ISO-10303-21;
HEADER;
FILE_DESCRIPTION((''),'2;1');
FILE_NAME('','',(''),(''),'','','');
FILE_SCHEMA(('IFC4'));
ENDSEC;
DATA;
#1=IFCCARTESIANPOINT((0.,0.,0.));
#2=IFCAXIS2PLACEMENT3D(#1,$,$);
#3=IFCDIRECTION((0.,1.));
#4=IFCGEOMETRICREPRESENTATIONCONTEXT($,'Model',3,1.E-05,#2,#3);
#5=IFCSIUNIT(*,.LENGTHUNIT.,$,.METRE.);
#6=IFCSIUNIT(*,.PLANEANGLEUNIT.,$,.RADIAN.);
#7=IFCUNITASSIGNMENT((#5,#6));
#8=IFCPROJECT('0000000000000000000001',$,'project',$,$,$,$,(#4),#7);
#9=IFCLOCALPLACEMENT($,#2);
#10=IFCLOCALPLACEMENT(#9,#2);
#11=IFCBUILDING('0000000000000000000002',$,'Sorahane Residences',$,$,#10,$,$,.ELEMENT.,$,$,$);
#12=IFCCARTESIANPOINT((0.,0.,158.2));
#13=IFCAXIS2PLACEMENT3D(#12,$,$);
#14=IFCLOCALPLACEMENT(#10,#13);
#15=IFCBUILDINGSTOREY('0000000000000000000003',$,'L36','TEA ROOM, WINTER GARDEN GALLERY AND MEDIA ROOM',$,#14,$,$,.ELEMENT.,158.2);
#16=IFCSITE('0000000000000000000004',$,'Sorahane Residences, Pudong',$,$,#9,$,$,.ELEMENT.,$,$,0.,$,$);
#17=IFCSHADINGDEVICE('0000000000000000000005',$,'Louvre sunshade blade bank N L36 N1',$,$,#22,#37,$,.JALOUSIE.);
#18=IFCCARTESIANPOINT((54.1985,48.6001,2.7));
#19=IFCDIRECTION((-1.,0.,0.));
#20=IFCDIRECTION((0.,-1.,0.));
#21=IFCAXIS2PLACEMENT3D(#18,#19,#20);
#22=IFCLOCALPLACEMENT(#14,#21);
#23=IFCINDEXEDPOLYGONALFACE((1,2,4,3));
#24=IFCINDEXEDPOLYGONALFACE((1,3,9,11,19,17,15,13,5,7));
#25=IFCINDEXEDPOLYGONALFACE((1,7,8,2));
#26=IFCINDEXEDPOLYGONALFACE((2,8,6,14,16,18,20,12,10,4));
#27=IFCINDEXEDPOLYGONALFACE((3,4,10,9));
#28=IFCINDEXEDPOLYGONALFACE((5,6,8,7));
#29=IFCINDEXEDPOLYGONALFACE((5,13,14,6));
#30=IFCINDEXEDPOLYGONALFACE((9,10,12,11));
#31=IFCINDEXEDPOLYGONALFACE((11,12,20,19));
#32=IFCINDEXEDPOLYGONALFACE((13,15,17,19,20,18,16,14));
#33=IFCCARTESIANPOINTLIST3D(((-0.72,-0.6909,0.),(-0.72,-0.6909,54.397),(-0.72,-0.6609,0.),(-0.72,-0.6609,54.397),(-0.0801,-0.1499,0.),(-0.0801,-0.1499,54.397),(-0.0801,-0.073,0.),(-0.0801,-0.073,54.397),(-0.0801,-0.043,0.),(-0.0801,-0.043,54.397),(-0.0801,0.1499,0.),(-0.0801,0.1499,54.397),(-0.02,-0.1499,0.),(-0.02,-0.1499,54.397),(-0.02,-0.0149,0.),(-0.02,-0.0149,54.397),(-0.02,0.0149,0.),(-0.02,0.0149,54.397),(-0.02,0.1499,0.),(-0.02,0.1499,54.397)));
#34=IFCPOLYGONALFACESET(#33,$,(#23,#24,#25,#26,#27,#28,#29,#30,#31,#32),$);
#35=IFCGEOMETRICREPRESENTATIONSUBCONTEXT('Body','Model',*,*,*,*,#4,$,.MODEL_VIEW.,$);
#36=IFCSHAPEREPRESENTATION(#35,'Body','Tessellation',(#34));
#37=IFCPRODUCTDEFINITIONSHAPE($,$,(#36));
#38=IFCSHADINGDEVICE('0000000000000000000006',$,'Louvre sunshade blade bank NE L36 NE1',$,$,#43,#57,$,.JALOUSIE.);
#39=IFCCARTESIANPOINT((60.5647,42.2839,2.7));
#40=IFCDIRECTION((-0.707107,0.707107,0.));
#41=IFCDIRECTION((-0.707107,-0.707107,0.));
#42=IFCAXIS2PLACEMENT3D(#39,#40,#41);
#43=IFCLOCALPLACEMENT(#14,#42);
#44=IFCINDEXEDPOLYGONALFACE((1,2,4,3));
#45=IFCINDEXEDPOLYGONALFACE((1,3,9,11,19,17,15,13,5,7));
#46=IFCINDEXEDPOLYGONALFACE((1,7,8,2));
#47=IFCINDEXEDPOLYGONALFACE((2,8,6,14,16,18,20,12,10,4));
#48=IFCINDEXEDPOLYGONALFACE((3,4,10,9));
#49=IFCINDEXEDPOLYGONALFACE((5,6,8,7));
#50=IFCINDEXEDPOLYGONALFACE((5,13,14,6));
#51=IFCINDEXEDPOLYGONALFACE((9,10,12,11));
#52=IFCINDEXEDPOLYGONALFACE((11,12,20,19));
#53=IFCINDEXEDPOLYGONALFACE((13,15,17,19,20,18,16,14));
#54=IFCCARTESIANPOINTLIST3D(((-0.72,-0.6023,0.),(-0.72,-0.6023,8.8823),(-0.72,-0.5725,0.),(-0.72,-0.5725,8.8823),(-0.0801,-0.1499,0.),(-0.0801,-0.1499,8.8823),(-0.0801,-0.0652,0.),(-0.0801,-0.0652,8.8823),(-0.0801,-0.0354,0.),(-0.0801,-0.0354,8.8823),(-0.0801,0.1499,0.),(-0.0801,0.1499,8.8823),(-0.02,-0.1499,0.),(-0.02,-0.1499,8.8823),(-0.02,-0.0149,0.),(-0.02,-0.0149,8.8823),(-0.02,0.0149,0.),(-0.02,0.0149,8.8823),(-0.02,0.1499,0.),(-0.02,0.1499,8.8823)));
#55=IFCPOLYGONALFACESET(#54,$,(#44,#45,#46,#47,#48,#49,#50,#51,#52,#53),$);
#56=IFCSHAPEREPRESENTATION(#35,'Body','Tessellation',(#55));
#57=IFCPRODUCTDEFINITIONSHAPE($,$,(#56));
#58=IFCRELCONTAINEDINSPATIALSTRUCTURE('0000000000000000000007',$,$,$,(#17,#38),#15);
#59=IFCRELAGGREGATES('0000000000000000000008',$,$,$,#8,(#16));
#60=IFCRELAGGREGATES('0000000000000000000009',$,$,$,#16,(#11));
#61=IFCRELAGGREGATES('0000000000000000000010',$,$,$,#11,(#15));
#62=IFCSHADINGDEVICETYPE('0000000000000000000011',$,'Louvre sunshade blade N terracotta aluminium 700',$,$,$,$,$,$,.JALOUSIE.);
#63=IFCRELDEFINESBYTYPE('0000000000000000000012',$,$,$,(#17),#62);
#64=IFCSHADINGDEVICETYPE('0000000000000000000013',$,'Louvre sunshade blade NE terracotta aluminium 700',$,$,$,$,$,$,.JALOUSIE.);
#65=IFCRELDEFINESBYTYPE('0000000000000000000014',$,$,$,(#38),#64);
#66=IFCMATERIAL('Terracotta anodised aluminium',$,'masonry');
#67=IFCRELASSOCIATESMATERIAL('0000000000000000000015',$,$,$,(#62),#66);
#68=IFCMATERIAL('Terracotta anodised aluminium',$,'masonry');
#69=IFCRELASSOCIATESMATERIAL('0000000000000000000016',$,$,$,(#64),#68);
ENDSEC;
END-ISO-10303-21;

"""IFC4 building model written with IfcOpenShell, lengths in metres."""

from ifc_helpers import new_model, si_unit, direction, frame, origin, place, context, subcontext, project, spatial, polyline, outline, extrude, material, type_object, element, save


model = new_model("IFC4")

# Units and contexts
model_context = context("Model", 3, precision=1e-05, world=origin(), true_north=direction((0.0, 1.0)))
body_context = subcontext(model_context, "Body", "Model", "MODEL_VIEW")
ifc_project = project(units=[si_unit("LENGTHUNIT", "METRE"), si_unit("PLANEANGLEUNIT", "RADIAN")], contexts=[model_context])

# Site, building, storey
site_placement = place(None, origin())
site = spatial("IfcSite", under=ifc_project, at=site_placement, Name="Sorahane Residences, Pudong", CompositionType="ELEMENT", RefElevation=0.0)
building_placement = place(site_placement, origin())
building = spatial("IfcBuilding", under=site, at=building_placement, Name="Sorahane Residences", CompositionType="ELEMENT")
storey_placement = place(building_placement, frame((0.0, 0.0, 158.2)))
storey = spatial("IfcBuildingStorey", under=building, at=storey_placement, Name="L36", Description="TEA ROOM, WINTER GARDEN GALLERY AND MEDIA ROOM", CompositionType="ELEMENT", Elevation=158.2)

# Shading devices
ifc_material_1 = material(Name="Terracotta anodised aluminium", Category="masonry")
shading_device_type_1 = type_object("IfcShadingDeviceType", Name="Louvre sunshade blade N terracotta aluminium 700", PredefinedType="JALOUSIE", material=ifc_material_1)
shading_device_1_placement = place(storey_placement, frame((54.1985, 48.6001, 2.7), z_axis=(-1.0, 0.0, 0.0), x_axis=(0.0, -1.0, 0.0)))
element("IfcShadingDevice", 1, at=shading_device_1_placement, inside=storey, type_object=shading_device_type_1, Name="Louvre sunshade blade bank N L36 N1", PredefinedType="JALOUSIE", context=body_context, shape_type="SweptSolid", body=[
    extrude(outline(polyline([(-0.72, -0.6609), (-0.72, -0.6909), (-0.0801, -0.073), (-0.0801, -0.1499), (-0.02, -0.1499), (-0.02, -0.0149), (-0.02, 0.0149), (-0.02, 0.1499), (-0.0801, 0.1499), (-0.0801, -0.043), (-0.72, -0.6609)])), origin(), (0.0, 0.0, 1.0), 54.397),
])
ifc_material_2 = material(Name="Terracotta anodised aluminium", Category="masonry")
shading_device_type_2 = type_object("IfcShadingDeviceType", Name="Louvre sunshade blade NE terracotta aluminium 700", PredefinedType="JALOUSIE", material=ifc_material_2)
shading_device_2_placement = place(storey_placement, frame((60.5647, 42.2839, 2.7), z_axis=(-0.707107, 0.707107, 0.0), x_axis=(-0.707107, -0.707107, 0.0)))
element("IfcShadingDevice", 2, at=shading_device_2_placement, inside=storey, type_object=shading_device_type_2, Name="Louvre sunshade blade bank NE L36 NE1", PredefinedType="JALOUSIE", context=body_context, shape_type="SweptSolid", body=[
    extrude(outline(polyline([(-0.72, -0.5725), (-0.72, -0.6023), (-0.0801, -0.0652), (-0.0801, -0.1499), (-0.02, -0.1499), (-0.02, -0.0149), (-0.02, 0.0149), (-0.02, 0.1499), (-0.0801, 0.1499), (-0.0801, -0.0354), (-0.72, -0.5725)])), origin(), (0.0, 0.0, 1.0), 8.8823),
])

save(model, "model.ifc")
